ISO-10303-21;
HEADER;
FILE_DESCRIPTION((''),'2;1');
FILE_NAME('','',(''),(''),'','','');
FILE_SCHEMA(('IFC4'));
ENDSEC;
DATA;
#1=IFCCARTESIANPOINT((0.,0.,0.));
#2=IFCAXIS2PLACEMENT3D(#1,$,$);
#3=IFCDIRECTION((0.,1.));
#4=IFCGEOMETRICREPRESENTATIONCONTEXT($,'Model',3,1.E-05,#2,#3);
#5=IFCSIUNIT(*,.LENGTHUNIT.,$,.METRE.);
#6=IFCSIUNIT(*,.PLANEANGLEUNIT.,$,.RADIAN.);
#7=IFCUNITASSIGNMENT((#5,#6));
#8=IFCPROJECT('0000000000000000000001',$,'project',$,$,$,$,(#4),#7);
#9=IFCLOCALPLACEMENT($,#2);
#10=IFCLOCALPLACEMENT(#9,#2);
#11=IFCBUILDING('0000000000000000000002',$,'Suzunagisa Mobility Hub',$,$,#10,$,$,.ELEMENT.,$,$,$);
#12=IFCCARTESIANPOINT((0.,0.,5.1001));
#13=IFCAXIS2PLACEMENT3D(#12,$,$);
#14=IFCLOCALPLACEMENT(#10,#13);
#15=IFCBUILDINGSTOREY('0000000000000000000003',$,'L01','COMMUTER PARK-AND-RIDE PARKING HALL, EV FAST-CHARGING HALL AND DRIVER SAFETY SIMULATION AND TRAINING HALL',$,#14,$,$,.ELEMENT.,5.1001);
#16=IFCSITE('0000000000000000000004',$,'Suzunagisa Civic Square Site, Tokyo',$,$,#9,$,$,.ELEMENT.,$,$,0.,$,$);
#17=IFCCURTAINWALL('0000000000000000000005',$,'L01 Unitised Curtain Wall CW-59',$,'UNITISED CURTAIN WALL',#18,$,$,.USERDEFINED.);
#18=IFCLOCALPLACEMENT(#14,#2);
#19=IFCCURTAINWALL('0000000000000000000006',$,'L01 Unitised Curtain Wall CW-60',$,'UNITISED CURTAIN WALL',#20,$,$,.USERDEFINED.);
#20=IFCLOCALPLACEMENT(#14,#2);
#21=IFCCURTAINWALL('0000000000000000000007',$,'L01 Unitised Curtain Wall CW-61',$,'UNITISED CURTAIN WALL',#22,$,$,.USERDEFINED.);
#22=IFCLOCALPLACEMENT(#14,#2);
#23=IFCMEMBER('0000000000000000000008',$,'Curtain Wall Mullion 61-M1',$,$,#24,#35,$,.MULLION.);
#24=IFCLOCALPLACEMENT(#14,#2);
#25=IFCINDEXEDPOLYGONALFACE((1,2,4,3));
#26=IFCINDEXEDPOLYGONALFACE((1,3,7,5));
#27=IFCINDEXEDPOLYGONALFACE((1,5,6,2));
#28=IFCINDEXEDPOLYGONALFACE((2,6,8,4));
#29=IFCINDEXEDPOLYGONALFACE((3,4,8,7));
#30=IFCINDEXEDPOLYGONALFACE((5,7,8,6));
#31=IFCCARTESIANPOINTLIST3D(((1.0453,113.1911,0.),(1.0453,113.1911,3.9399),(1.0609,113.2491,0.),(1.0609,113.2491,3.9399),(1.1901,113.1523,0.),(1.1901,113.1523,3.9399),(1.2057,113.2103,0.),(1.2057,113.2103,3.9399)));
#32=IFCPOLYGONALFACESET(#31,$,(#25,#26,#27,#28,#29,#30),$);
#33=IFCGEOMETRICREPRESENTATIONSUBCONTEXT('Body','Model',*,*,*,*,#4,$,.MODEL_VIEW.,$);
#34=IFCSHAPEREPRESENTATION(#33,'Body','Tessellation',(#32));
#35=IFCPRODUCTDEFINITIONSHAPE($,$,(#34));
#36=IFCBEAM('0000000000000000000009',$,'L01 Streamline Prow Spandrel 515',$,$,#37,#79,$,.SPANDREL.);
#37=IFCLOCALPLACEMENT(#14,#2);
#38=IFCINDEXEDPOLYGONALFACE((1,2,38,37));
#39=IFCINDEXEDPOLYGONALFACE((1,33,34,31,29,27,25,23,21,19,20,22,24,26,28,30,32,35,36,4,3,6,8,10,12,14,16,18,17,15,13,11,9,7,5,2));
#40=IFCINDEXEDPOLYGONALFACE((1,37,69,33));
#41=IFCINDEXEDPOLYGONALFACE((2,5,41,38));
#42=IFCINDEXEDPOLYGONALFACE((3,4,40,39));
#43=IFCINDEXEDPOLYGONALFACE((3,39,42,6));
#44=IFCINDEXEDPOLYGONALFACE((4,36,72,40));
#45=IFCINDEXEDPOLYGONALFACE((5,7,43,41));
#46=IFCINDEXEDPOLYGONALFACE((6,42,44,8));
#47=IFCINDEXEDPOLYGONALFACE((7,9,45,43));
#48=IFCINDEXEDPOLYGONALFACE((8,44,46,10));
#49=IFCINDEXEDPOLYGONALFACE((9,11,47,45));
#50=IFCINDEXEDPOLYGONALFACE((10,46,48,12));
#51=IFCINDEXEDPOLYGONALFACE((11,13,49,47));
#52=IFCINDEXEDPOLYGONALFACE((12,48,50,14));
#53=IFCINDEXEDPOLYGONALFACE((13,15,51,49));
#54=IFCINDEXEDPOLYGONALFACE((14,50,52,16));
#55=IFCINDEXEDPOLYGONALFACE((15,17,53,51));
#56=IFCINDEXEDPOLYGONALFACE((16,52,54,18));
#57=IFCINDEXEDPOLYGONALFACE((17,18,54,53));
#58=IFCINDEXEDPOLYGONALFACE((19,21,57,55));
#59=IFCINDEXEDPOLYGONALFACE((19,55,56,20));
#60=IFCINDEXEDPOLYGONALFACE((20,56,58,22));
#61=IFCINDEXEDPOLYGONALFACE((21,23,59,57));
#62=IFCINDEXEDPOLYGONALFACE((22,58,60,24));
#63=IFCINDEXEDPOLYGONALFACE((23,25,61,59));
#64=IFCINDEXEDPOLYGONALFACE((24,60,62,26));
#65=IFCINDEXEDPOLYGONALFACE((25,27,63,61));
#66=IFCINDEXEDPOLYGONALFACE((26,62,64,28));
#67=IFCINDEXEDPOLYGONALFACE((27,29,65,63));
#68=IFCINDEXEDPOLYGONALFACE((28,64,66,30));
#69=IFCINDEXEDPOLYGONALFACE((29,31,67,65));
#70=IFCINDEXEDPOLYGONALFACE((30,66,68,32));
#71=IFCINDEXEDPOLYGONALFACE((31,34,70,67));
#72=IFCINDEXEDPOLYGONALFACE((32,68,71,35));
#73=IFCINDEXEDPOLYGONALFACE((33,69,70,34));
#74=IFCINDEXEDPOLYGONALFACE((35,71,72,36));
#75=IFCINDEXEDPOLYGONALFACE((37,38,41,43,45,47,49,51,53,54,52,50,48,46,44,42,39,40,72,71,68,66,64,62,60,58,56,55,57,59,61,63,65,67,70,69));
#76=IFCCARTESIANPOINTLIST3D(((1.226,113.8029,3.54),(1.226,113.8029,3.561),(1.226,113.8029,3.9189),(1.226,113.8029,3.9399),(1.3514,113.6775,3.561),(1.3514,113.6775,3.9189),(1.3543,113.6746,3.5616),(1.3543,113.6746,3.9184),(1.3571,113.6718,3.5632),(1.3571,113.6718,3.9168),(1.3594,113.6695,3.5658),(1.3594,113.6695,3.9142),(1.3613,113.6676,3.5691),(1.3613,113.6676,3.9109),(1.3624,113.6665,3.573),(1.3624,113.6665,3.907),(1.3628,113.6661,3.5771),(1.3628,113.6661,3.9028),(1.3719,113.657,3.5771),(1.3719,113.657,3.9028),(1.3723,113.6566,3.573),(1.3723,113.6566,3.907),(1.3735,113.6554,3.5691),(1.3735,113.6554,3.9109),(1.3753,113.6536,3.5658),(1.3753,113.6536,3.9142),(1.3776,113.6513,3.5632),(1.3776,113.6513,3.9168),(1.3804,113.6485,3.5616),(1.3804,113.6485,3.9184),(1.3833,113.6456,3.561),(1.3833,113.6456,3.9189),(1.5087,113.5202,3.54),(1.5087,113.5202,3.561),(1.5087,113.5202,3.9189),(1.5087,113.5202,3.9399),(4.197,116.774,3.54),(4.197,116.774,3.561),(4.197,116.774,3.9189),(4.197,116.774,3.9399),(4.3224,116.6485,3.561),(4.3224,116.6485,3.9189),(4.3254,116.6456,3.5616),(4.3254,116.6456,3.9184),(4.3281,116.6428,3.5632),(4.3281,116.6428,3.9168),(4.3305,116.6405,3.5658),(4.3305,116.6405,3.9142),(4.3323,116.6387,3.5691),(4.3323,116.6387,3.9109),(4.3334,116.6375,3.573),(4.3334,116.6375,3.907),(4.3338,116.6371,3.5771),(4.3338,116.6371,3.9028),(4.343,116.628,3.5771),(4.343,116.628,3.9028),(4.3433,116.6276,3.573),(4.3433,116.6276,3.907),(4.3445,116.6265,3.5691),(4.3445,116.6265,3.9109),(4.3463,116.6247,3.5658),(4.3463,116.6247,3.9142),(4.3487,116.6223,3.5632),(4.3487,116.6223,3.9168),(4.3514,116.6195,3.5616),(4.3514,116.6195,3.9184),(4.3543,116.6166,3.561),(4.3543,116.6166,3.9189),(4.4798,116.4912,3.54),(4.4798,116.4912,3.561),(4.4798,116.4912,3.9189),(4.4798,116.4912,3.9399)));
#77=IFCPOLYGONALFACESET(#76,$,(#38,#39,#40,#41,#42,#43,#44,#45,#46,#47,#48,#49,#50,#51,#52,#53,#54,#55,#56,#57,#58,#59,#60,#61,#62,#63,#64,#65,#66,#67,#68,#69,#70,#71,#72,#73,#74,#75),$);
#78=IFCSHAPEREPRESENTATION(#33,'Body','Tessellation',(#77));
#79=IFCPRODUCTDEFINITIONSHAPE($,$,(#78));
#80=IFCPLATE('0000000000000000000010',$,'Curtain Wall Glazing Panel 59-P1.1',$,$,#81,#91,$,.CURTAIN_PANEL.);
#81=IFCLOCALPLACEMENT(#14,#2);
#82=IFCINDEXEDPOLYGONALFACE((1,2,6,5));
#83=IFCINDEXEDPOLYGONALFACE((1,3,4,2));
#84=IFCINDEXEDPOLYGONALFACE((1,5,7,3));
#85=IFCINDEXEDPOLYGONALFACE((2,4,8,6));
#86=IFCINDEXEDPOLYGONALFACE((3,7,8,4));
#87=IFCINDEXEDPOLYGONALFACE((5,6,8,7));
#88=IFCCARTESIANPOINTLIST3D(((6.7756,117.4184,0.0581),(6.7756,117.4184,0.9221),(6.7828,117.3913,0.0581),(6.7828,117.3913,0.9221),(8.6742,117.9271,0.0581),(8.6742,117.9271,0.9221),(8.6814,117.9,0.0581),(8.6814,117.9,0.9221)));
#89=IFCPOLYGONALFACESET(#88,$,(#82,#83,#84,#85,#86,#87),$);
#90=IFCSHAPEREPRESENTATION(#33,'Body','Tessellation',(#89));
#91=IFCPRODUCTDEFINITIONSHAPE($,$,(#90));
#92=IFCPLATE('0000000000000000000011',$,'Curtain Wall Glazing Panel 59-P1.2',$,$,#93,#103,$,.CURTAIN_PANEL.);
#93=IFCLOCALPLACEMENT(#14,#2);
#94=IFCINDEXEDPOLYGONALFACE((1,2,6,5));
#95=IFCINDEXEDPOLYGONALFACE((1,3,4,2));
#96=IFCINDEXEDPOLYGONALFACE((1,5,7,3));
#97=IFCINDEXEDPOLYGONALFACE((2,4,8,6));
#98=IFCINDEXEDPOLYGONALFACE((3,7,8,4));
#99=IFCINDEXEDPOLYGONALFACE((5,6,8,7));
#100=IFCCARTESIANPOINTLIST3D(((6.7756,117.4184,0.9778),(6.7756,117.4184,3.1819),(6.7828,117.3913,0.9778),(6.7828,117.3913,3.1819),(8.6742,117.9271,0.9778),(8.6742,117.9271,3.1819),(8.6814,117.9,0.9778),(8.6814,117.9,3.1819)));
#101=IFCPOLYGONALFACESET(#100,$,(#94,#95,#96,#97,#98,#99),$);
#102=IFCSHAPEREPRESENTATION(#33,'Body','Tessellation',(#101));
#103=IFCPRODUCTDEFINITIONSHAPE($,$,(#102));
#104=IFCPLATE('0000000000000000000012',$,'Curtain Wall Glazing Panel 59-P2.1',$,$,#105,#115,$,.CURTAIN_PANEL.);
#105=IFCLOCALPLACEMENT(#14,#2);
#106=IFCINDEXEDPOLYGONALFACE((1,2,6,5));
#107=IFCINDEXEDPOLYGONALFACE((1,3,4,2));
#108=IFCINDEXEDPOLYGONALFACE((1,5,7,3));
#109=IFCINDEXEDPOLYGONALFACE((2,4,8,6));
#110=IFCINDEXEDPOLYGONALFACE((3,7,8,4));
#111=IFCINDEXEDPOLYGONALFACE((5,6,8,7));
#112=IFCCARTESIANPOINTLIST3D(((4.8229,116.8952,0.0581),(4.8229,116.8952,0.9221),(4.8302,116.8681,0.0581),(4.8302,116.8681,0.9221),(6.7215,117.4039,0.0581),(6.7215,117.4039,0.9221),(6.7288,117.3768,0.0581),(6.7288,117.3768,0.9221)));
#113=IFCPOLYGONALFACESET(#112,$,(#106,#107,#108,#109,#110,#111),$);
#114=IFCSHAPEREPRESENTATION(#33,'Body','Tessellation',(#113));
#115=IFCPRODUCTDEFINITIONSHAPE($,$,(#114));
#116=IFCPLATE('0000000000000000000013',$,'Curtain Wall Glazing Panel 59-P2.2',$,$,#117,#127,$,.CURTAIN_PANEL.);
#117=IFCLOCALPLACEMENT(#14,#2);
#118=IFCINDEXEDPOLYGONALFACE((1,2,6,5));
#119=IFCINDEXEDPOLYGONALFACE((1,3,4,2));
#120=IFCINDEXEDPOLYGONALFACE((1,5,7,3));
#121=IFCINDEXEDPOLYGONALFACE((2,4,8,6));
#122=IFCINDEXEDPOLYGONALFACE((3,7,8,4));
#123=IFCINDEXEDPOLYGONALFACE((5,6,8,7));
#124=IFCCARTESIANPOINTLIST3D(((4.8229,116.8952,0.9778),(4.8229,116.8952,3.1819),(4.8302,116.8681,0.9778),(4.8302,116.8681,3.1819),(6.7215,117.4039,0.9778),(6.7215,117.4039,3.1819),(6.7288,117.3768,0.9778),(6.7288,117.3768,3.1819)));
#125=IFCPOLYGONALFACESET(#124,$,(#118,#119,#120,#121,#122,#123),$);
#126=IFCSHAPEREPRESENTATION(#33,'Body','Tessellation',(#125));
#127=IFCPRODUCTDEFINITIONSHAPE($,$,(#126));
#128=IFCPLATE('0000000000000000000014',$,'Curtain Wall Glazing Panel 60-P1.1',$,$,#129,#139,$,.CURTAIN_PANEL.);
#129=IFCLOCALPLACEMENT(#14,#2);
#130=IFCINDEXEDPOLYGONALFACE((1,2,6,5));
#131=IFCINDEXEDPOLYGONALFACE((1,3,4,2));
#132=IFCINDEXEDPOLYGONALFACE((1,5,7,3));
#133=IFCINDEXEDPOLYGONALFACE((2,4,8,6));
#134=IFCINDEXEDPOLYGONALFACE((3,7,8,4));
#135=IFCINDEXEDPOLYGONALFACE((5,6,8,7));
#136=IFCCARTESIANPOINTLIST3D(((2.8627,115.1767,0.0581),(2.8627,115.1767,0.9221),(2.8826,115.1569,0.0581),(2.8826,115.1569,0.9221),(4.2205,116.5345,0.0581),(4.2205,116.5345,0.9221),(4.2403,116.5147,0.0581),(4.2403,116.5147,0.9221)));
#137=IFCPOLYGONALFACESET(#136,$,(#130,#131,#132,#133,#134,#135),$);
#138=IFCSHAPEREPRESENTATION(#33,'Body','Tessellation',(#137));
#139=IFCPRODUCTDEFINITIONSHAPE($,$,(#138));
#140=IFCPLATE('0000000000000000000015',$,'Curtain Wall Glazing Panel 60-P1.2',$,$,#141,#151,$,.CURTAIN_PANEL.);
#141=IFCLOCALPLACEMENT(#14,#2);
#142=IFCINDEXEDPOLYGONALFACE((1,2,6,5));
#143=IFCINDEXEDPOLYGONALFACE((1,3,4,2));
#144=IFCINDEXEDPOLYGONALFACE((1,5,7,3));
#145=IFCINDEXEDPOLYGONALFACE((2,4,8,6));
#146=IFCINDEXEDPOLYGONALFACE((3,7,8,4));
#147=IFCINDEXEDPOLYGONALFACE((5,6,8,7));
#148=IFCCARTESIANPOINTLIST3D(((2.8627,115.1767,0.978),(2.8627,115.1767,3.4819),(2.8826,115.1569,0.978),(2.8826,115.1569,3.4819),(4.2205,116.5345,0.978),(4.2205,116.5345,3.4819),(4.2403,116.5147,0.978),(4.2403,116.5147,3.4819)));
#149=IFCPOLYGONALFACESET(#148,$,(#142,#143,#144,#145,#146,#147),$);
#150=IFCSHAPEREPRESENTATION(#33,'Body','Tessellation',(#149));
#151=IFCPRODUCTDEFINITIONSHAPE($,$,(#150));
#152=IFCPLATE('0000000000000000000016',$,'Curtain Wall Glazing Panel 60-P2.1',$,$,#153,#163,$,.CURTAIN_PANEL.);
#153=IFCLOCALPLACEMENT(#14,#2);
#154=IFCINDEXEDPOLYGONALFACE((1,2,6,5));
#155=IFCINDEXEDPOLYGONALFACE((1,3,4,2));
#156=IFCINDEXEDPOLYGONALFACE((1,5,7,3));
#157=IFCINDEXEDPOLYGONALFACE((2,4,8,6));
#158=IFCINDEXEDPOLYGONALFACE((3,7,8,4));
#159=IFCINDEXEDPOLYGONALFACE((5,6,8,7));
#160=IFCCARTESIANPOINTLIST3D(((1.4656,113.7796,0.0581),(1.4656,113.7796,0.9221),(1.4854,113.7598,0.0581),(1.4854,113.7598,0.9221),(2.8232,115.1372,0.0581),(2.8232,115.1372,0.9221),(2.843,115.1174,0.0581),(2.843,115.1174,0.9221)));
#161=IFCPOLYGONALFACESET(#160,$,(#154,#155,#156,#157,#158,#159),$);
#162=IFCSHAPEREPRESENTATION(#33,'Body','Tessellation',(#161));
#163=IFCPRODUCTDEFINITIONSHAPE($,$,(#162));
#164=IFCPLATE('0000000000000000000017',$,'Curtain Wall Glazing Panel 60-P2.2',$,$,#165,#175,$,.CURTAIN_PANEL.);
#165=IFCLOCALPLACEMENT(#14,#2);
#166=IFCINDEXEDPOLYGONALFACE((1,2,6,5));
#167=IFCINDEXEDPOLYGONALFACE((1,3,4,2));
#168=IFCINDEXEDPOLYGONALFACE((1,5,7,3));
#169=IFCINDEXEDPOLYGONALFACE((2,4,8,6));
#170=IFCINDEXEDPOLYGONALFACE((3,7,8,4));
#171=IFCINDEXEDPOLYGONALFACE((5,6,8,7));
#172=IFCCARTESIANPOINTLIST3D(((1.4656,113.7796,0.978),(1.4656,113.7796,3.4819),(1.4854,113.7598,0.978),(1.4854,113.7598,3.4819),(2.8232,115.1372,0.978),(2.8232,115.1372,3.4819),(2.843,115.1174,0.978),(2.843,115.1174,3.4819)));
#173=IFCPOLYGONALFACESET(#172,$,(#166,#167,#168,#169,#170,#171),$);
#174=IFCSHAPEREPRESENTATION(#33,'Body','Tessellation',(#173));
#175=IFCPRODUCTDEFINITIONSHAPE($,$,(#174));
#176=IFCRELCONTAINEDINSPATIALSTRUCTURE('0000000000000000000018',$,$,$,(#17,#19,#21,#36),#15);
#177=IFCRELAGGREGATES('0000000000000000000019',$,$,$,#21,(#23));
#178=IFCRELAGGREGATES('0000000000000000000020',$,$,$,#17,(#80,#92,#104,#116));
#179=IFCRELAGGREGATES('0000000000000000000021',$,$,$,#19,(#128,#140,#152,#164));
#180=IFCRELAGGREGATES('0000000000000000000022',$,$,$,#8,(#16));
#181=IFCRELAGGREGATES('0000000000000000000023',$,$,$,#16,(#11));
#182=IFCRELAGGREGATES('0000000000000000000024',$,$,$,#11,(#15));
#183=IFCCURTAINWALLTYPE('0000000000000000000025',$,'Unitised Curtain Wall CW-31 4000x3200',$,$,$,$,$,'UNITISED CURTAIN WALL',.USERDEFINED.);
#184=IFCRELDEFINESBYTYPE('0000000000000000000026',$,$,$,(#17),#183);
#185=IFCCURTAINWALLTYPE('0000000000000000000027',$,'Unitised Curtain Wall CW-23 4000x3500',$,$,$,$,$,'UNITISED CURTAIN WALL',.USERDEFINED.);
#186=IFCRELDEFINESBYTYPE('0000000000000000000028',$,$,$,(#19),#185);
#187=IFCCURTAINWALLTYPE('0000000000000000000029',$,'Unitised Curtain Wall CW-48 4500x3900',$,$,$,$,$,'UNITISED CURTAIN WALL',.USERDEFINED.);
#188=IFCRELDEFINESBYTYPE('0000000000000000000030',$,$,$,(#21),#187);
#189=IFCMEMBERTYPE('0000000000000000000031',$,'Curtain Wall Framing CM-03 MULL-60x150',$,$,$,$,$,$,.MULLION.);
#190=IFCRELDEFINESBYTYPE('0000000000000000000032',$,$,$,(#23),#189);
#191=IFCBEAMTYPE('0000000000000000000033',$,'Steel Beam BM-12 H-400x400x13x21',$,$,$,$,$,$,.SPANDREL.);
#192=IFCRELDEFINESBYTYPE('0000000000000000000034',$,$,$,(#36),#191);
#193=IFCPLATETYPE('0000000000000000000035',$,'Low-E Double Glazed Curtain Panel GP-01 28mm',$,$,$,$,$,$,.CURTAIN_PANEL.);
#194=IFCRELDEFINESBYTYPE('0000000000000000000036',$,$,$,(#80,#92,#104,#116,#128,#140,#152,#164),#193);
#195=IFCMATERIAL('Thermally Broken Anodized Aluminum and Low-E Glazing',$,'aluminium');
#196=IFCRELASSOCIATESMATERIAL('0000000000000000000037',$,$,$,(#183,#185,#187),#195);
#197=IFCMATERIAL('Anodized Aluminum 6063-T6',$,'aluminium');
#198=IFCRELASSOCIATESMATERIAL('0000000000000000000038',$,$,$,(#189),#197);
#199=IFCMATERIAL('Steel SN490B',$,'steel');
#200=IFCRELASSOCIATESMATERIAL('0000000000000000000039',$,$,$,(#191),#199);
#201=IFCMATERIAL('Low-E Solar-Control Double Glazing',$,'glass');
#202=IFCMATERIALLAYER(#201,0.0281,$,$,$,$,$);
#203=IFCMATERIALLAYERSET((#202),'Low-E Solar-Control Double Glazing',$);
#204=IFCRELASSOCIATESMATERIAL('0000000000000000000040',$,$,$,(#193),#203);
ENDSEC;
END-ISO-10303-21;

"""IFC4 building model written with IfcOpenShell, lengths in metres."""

from ifc_helpers import new_model, si_unit, direction, frame, origin, origin_2d, place, context, subcontext, project, spatial, rectangle, i_section, extrude, material, layer, layer_set, material_profile, profile_set, type_object, element, aggregate, save


model = new_model("IFC4")

# Units and contexts
model_context = context("Model", 3, precision=1e-05, world=origin(), true_north=direction((0.0, 1.0)))
body_context = subcontext(model_context, "Body", "Model", "MODEL_VIEW")
ifc_project = project(units=[si_unit("LENGTHUNIT", "METRE"), si_unit("PLANEANGLEUNIT", "RADIAN")], contexts=[model_context])

# Site, building, storey
site_placement = place(None, origin())
site = spatial("IfcSite", under=ifc_project, at=site_placement, Name="Suzunagisa Civic Square Site, Tokyo", CompositionType="ELEMENT", RefElevation=0.0)
building_placement = place(site_placement, origin())
building = spatial("IfcBuilding", under=site, at=building_placement, Name="Suzunagisa Mobility Hub", CompositionType="ELEMENT")
storey_placement = place(building_placement, frame((0.0, 0.0, 5.1001)))
storey = spatial("IfcBuildingStorey", under=building, at=storey_placement, Name="L01", Description="COMMUTER PARK-AND-RIDE PARKING HALL, EV FAST-CHARGING HALL AND DRIVER SAFETY SIMULATION AND TRAINING HALL", CompositionType="ELEMENT", Elevation=5.1001)

# Shared definitions
ifc_material_1 = material(Name="Steel SN490B", Category="steel")

# Curtain walls
ifc_material_2 = material(Name="Thermally Broken Anodized Aluminum and Low-E Glazing", Category="aluminium")
curtain_wall_type_1 = type_object("IfcCurtainWallType", Name="Unitised Curtain Wall CW-31 4000x3200", ElementType="UNITISED CURTAIN WALL", PredefinedType="USERDEFINED", material=ifc_material_2)
curtain_wall_1_placement = place(storey_placement, origin())
curtain_wall_1 = element("IfcCurtainWall", 1, at=curtain_wall_1_placement, inside=storey, type_object=curtain_wall_type_1, Name="L01 Unitised Curtain Wall CW-59", ObjectType="UNITISED CURTAIN WALL", PredefinedType="USERDEFINED")
ifc_material_3 = material(Name="Anodized Aluminum 6063-T6", Category="aluminium")
curtain_wall_type_2 = type_object("IfcCurtainWallType", Name="Unitised Curtain Wall CW-23 4000x3500", ElementType="UNITISED CURTAIN WALL", PredefinedType="USERDEFINED", material=ifc_material_2)
curtain_wall_2_placement = place(storey_placement, origin())
curtain_wall_2 = element("IfcCurtainWall", 2, at=curtain_wall_2_placement, inside=storey, type_object=curtain_wall_type_2, Name="L01 Unitised Curtain Wall CW-60", ObjectType="UNITISED CURTAIN WALL", PredefinedType="USERDEFINED")
curtain_wall_type_3 = type_object("IfcCurtainWallType", Name="Unitised Curtain Wall CW-48 4500x3900", ElementType="UNITISED CURTAIN WALL", PredefinedType="USERDEFINED", material=ifc_material_2)
curtain_wall_3_placement = place(storey_placement, origin())
curtain_wall_3 = element("IfcCurtainWall", 3, at=curtain_wall_3_placement, inside=storey, type_object=curtain_wall_type_3, Name="L01 Unitised Curtain Wall CW-61", ObjectType="UNITISED CURTAIN WALL", PredefinedType="USERDEFINED")

# Member
ifc_material_profile_1 = material_profile(ifc_material_3, rectangle(XDim=0.0601, YDim=0.1499, at=origin_2d()), Name="MULL-60x150")
ifc_profile_set_1 = profile_set([ifc_material_profile_1], Name="Anodized Aluminum 6063-T6")
member_type_1 = type_object("IfcMemberType", Name="Curtain Wall Framing CM-03 MULL-60x150", PredefinedType="MULLION", material=ifc_profile_set_1)
member_1_placement = place(storey_placement, frame((1.1255, 113.2007, 0.0), z_axis=(0.0, 0.0, 1.0), x_axis=(-0.258815, -0.965927, 0.0)))
member_1 = element("IfcMember", 4, at=member_1_placement, type_object=member_type_1, Name="Curtain Wall Mullion 61-M1", PredefinedType="MULLION", context=body_context, shape_type="SweptSolid", body=[
    extrude(rectangle(XDim=0.0601, YDim=0.1499, at=origin_2d()), origin(), (0.0, 0.0, 1.0), 3.9399),
])
aggregate(curtain_wall_3, [member_1])

# Beam
ifc_material_profile_2 = material_profile(ifc_material_1, i_section(OverallWidth=0.3999, OverallDepth=0.3999, WebThickness=0.0129, FlangeThickness=0.021, FilletRadius=0.0161, at=origin_2d()), Name="H-400x400x13x21")
ifc_profile_set_2 = profile_set([ifc_material_profile_2], Name="Steel SN490B")
beam_type = type_object("IfcBeamType", Name="Steel Beam BM-12 H-400x400x13x21", PredefinedType="SPANDREL", material=ifc_profile_set_2)
beam_placement = place(storey_placement, frame((4.3384, 116.6326, 3.74), z_axis=(-0.707107, -0.707107, 0.0), x_axis=(0.707107, -0.707107, 0.0)))
element("IfcBeam", 5, at=beam_placement, inside=storey, type_object=beam_type, Name="L01 Streamline Prow Spandrel 515", PredefinedType="SPANDREL", context=body_context, shape_type="SweptSolid", body=[
    extrude(i_section(OverallWidth=0.3999, OverallDepth=0.3999, WebThickness=0.0129, FlangeThickness=0.021, FilletRadius=0.0161, at=origin_2d()), origin(), (0.0, 0.0, 1.0), 4.2017),
])

# Plates
ifc_material_4 = material(Name="Low-E Solar-Control Double Glazing", Category="glass")
ifc_layer = layer(ifc_material_4, 0.0281)
ifc_layer_set = layer_set([ifc_layer], Name="Low-E Solar-Control Double Glazing")
plate_type = type_object("IfcPlateType", Name="Low-E Double Glazed Curtain Panel GP-01 28mm", PredefinedType="CURTAIN_PANEL", material=ifc_layer_set)
plate_1_placement = place(storey_placement, frame((7.7285, 117.6592, 0.0581), z_axis=(0.0, 0.0, 1.0), x_axis=(-0.965925, -0.258821, 0.0)))
plate_1 = element("IfcPlate", 6, at=plate_1_placement, type_object=plate_type, Name="Curtain Wall Glazing Panel 59-P1.1", PredefinedType="CURTAIN_PANEL", context=body_context, shape_type="SweptSolid", body=[
    extrude(rectangle(XDim=1.9656, YDim=0.0281, at=origin_2d()), origin(), (0.0, 0.0, 1.0), 0.864),
])
plate_2_placement = place(storey_placement, frame((7.7285, 117.6592, 0.9778), z_axis=(0.0, 0.0, 1.0), x_axis=(-0.965925, -0.258821, 0.0)))
plate_2 = element("IfcPlate", 7, at=plate_2_placement, type_object=plate_type, Name="Curtain Wall Glazing Panel 59-P1.2", PredefinedType="CURTAIN_PANEL", context=body_context, shape_type="SweptSolid", body=[
    extrude(rectangle(XDim=1.9656, YDim=0.0281, at=origin_2d()), origin(), (0.0, 0.0, 1.0), 2.2041),
])
plate_3_placement = place(storey_placement, frame((5.7759, 117.136, 0.0581), z_axis=(0.0, 0.0, 1.0), x_axis=(-0.965925, -0.258821, 0.0)))
plate_3 = element("IfcPlate", 8, at=plate_3_placement, type_object=plate_type, Name="Curtain Wall Glazing Panel 59-P2.1", PredefinedType="CURTAIN_PANEL", context=body_context, shape_type="SweptSolid", body=[
    extrude(rectangle(XDim=1.9656, YDim=0.0281, at=origin_2d()), origin(), (0.0, 0.0, 1.0), 0.864),
])
plate_4_placement = place(storey_placement, frame((5.7759, 117.136, 0.9778), z_axis=(0.0, 0.0, 1.0), x_axis=(-0.965925, -0.258821, 0.0)))
plate_4 = element("IfcPlate", 9, at=plate_4_placement, type_object=plate_type, Name="Curtain Wall Glazing Panel 59-P2.2", PredefinedType="CURTAIN_PANEL", context=body_context, shape_type="SweptSolid", body=[
    extrude(rectangle(XDim=1.9656, YDim=0.0281, at=origin_2d()), origin(), (0.0, 0.0, 1.0), 2.2041),
])
aggregate(curtain_wall_1, [plate_1, plate_2, plate_3, plate_4])
plate_5_placement = place(storey_placement, frame((3.5515, 115.8457, 0.0581), z_axis=(0.0, 0.0, 1.0), x_axis=(-0.707107, -0.707107, 0.0)))
plate_5 = element("IfcPlate", 10, at=plate_5_placement, type_object=plate_type, Name="Curtain Wall Glazing Panel 60-P1.1", PredefinedType="CURTAIN_PANEL", context=body_context, shape_type="SweptSolid", body=[
    extrude(rectangle(XDim=1.9202, YDim=0.0281, at=origin_2d()), origin(), (0.0, 0.0, 1.0), 0.864),
])
plate_6_placement = place(storey_placement, frame((3.5515, 115.8457, 0.978), z_axis=(0.0, 0.0, 1.0), x_axis=(-0.707107, -0.707107, 0.0)))
plate_6 = element("IfcPlate", 11, at=plate_6_placement, type_object=plate_type, Name="Curtain Wall Glazing Panel 60-P1.2", PredefinedType="CURTAIN_PANEL", context=body_context, shape_type="SweptSolid", body=[
    extrude(rectangle(XDim=1.9202, YDim=0.0281, at=origin_2d()), origin(), (0.0, 0.0, 1.0), 2.5039),
])
plate_7_placement = place(storey_placement, frame((2.1543, 114.4485, 0.0581), z_axis=(0.0, 0.0, 1.0), x_axis=(-0.707107, -0.707107, 0.0)))
plate_7 = element("IfcPlate", 12, at=plate_7_placement, type_object=plate_type, Name="Curtain Wall Glazing Panel 60-P2.1", PredefinedType="CURTAIN_PANEL", context=body_context, shape_type="SweptSolid", body=[
    extrude(rectangle(XDim=1.9199, YDim=0.0281, at=origin_2d()), origin(), (0.0, 0.0, 1.0), 0.864),
])
plate_8_placement = place(storey_placement, frame((2.1543, 114.4485, 0.978), z_axis=(0.0, 0.0, 1.0), x_axis=(-0.707107, -0.707107, 0.0)))
plate_8 = element("IfcPlate", 13, at=plate_8_placement, type_object=plate_type, Name="Curtain Wall Glazing Panel 60-P2.2", PredefinedType="CURTAIN_PANEL", context=body_context, shape_type="SweptSolid", body=[
    extrude(rectangle(XDim=1.9199, YDim=0.0281, at=origin_2d()), origin(), (0.0, 0.0, 1.0), 2.5039),
])
aggregate(curtain_wall_2, [plate_5, plate_6, plate_7, plate_8])

save(model, "model.ifc")
